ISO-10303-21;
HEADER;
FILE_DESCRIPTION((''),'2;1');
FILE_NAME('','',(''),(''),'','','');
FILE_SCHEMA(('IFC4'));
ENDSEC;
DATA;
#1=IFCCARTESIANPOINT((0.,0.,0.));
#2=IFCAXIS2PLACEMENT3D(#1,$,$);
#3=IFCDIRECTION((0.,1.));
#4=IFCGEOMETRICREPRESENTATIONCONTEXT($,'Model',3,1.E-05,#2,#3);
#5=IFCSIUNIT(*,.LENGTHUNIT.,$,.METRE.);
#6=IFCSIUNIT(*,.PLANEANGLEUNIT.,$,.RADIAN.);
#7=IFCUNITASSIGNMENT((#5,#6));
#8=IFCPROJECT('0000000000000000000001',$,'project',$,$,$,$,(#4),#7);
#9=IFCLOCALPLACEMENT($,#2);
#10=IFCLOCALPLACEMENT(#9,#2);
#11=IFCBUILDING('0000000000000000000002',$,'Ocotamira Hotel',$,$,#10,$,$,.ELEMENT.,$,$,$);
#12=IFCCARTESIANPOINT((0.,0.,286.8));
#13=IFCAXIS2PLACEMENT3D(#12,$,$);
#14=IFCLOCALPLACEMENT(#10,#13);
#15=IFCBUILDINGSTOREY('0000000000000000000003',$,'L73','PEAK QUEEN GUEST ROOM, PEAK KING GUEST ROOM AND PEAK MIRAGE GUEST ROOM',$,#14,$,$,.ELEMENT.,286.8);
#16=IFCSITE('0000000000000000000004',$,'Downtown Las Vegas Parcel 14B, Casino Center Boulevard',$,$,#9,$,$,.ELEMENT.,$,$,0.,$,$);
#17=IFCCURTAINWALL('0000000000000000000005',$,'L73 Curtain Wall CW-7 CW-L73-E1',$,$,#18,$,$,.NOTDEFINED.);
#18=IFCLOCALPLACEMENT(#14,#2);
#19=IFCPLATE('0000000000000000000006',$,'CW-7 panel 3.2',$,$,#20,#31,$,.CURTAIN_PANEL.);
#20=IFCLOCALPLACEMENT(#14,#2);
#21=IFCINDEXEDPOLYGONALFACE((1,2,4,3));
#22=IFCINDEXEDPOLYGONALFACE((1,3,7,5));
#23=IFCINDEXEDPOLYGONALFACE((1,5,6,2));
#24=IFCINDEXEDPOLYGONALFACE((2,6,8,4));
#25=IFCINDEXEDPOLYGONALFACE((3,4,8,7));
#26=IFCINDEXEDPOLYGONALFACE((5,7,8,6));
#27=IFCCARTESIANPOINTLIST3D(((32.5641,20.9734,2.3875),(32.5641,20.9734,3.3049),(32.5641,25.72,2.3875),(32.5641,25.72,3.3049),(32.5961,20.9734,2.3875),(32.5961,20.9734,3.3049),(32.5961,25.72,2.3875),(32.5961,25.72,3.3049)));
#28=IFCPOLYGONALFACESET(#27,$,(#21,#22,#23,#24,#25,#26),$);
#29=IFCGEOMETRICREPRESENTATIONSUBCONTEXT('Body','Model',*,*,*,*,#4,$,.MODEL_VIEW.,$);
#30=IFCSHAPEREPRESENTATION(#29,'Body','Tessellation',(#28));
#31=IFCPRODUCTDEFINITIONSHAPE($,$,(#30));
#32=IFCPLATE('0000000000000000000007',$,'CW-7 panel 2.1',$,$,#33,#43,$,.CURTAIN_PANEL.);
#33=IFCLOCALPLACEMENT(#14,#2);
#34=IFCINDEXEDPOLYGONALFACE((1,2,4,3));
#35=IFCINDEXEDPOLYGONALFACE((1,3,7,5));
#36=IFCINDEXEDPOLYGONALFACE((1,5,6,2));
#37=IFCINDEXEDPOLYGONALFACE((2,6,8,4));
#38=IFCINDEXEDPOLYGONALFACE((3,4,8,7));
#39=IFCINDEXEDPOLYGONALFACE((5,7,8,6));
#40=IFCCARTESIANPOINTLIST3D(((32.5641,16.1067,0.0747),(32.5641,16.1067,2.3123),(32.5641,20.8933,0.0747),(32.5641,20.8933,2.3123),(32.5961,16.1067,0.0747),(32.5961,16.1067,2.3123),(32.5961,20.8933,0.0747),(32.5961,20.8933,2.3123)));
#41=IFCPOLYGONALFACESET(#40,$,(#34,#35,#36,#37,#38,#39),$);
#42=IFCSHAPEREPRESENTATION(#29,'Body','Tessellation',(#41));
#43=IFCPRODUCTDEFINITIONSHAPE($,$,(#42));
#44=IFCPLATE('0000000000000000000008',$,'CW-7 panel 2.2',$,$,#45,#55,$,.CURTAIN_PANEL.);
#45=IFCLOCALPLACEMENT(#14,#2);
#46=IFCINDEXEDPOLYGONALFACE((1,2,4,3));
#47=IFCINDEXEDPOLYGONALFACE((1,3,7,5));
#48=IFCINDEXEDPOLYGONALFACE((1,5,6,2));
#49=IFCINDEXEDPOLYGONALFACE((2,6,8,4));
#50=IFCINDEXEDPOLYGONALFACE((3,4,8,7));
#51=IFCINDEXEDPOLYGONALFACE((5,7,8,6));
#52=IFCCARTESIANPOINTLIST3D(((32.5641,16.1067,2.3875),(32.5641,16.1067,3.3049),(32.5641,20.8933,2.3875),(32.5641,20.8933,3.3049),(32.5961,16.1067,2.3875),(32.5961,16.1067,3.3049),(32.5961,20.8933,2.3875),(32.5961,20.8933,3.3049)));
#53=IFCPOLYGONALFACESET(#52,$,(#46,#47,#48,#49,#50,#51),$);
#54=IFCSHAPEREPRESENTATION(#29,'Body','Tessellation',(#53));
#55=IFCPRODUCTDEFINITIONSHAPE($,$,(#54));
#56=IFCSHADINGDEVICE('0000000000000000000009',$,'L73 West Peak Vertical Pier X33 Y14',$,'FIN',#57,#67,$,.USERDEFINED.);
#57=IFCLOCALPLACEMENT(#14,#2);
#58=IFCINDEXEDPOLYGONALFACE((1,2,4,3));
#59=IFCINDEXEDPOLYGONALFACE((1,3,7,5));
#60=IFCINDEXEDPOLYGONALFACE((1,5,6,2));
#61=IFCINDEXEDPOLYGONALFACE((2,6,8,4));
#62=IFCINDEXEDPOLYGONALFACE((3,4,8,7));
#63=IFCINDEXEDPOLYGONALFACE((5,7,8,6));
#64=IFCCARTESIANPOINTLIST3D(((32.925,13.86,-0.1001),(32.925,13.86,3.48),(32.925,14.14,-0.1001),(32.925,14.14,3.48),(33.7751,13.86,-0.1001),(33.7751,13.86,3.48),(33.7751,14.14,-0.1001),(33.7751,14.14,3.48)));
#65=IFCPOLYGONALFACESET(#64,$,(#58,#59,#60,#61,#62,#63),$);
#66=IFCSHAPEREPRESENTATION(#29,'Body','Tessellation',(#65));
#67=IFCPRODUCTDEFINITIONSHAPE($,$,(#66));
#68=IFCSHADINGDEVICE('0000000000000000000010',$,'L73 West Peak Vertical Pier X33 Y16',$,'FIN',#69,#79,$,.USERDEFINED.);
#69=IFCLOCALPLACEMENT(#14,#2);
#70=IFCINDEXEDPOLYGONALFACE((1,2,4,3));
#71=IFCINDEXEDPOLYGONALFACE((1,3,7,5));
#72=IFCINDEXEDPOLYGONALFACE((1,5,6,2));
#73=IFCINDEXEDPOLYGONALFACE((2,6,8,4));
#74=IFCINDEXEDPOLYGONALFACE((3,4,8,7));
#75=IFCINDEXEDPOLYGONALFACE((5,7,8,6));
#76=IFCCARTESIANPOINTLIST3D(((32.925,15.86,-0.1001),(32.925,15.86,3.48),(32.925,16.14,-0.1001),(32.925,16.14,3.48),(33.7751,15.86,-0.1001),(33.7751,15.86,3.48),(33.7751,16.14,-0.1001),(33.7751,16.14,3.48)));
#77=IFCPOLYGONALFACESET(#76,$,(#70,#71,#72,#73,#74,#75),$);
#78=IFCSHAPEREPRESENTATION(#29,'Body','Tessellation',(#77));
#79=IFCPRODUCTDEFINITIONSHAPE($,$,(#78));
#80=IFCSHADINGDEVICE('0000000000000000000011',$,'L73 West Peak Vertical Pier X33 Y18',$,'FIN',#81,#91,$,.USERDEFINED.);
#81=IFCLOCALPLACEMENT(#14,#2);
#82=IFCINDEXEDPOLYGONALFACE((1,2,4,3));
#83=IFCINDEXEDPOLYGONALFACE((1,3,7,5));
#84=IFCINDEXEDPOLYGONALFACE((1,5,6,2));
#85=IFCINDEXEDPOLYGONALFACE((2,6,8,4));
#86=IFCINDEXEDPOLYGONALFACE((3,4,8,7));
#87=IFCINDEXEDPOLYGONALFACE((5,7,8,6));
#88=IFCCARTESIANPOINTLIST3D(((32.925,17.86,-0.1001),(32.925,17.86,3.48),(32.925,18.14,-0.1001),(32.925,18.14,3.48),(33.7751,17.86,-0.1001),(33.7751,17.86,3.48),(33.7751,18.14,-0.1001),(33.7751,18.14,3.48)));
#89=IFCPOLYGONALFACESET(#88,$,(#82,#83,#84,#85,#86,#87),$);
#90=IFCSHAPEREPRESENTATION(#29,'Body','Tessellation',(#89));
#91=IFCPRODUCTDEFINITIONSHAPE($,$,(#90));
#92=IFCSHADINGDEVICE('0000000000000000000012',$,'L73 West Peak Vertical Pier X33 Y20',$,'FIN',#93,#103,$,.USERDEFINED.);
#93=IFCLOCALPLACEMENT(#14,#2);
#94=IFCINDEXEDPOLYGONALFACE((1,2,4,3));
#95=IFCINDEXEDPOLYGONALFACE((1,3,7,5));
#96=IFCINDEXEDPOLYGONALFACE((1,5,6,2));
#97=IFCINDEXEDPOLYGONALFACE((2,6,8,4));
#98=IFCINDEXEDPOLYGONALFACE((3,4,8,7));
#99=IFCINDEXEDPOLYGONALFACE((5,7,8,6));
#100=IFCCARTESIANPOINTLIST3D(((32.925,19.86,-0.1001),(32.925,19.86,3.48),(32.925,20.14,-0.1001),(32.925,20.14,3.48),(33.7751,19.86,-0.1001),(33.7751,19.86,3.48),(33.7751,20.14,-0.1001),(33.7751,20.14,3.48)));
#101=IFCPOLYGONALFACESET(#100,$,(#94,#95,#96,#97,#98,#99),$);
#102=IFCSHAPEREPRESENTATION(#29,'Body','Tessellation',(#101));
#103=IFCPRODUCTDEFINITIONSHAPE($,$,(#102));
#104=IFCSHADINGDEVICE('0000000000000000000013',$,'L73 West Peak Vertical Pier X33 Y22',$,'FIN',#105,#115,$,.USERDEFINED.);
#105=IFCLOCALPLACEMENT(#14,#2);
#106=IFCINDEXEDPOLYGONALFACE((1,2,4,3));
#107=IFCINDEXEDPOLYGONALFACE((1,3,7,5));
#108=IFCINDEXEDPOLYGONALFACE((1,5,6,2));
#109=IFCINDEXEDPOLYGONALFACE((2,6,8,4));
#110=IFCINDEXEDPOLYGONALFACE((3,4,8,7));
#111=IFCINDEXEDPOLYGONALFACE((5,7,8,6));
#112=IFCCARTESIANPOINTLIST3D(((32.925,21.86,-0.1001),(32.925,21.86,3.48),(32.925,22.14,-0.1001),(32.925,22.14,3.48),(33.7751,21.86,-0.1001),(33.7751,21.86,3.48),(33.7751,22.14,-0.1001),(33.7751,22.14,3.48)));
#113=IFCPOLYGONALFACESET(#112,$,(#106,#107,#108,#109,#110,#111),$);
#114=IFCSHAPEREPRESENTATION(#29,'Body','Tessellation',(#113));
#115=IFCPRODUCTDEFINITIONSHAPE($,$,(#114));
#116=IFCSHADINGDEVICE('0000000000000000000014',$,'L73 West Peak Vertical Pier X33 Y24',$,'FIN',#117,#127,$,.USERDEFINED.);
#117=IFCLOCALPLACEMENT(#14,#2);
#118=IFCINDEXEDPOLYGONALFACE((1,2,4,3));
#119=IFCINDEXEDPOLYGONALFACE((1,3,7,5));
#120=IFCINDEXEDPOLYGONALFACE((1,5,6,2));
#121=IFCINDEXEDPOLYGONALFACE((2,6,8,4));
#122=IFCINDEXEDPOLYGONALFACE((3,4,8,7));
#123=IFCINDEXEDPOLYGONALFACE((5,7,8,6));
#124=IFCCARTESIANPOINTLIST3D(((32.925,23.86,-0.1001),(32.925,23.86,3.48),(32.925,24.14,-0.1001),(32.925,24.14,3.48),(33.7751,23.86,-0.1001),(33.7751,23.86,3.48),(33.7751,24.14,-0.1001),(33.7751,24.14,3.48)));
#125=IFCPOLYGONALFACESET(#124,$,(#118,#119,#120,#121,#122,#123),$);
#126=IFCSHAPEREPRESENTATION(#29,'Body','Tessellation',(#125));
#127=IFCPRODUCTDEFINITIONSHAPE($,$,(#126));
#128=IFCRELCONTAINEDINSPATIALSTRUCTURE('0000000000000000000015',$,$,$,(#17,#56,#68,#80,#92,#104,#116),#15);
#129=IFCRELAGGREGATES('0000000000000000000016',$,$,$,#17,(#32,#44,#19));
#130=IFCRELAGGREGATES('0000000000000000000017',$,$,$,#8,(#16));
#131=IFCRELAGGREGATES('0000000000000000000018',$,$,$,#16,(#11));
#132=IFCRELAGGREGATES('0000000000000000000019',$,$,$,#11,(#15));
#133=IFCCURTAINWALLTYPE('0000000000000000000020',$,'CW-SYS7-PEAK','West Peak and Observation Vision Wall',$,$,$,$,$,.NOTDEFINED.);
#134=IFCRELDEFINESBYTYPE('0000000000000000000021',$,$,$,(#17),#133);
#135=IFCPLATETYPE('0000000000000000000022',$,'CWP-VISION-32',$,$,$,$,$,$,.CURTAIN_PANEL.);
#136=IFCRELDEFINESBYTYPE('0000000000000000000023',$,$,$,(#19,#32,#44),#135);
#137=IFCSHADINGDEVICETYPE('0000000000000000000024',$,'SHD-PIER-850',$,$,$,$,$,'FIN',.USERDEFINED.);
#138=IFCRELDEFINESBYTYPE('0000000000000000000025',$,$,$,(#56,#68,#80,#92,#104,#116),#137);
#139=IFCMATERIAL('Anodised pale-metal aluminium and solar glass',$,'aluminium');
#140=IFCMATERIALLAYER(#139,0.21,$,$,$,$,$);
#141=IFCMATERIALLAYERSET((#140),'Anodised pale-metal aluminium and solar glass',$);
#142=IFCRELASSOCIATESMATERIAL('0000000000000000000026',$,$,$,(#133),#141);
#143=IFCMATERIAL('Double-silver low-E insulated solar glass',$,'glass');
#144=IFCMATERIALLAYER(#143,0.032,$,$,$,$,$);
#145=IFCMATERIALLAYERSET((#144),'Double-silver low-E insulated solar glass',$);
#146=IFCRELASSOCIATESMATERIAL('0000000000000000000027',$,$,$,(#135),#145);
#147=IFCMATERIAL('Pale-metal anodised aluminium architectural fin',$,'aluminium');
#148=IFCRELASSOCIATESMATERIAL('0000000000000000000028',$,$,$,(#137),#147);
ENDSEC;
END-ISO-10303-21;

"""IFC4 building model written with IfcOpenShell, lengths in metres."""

from ifc_helpers import new_model, si_unit, direction, frame, origin, origin_2d, place, context, subcontext, project, spatial, rectangle, extrude, source, transform, mapped, material, layer, layer_set, type_object, element, aggregate, save


model = new_model("IFC4")

# Units and contexts
model_context = context("Model", 3, precision=1e-05, world=origin(), true_north=direction((0.0, 1.0)))
body_context = subcontext(model_context, "Body", "Model", "MODEL_VIEW")
ifc_project = project(units=[si_unit("LENGTHUNIT", "METRE"), si_unit("PLANEANGLEUNIT", "RADIAN")], contexts=[model_context])

# Site, building, storey
site_placement = place(None, origin())
site = spatial("IfcSite", under=ifc_project, at=site_placement, Name="Downtown Las Vegas Parcel 14B, Casino Center Boulevard", CompositionType="ELEMENT", RefElevation=0.0)
building_placement = place(site_placement, origin())
building = spatial("IfcBuilding", under=site, at=building_placement, Name="Ocotamira Hotel", CompositionType="ELEMENT")
storey_placement = place(building_placement, frame((0.0, 0.0, 286.8)))
storey = spatial("IfcBuildingStorey", under=building, at=storey_placement, Name="L73", Description="PEAK QUEEN GUEST ROOM, PEAK KING GUEST ROOM AND PEAK MIRAGE GUEST ROOM", CompositionType="ELEMENT", Elevation=286.8)

# Curtain wall, plates
ifc_material_1 = material(Name="Anodised pale-metal aluminium and solar glass", Category="aluminium")
ifc_layer_1 = layer(ifc_material_1, 0.21)
ifc_layer_set_1 = layer_set([ifc_layer_1], Name="Anodised pale-metal aluminium and solar glass")
curtain_wall_type = type_object("IfcCurtainWallType", Name="CW-SYS7-PEAK", Description="West Peak and Observation Vision Wall", PredefinedType="NOTDEFINED", material=ifc_layer_set_1)
curtain_wall_placement = place(storey_placement, origin())
curtain_wall = element("IfcCurtainWall", 1, at=curtain_wall_placement, inside=storey, type_object=curtain_wall_type, Name="L73 Curtain Wall CW-7 CW-L73-E1", PredefinedType="NOTDEFINED")
ifc_material_2 = material(Name="Double-silver low-E insulated solar glass", Category="glass")
ifc_layer_2 = layer(ifc_material_2, 0.032)
ifc_layer_set_2 = layer_set([ifc_layer_2], Name="Double-silver low-E insulated solar glass")
plate_type = type_object("IfcPlateType", Name="CWP-VISION-32", PredefinedType="CURTAIN_PANEL", material=ifc_layer_set_2)
shared_shape_1 = source(origin(), body_context, "Body", "SweptSolid", [
    extrude(rectangle(XDim=4.7466, YDim=0.032, at=origin_2d()), origin(), (0.0, 0.0, 1.0), 0.9175),
])
plate_1_placement = place(storey_placement, frame((32.5801, 23.3467, 2.3875), z_axis=(0.0, 0.0, 1.0), x_axis=(0.0, 1.0, 0.0)))
plate_1 = element("IfcPlate", 2, at=plate_1_placement, type_object=plate_type, Name="CW-7 panel 3.2", PredefinedType="CURTAIN_PANEL", context=body_context, shape_type="MappedRepresentation", body=[
    mapped(shared_shape_1, transform((0.0, 0.0, 0.0), scale=1.0)),
])
shared_shape_2 = source(origin(), body_context, "Body", "SweptSolid", [
    extrude(rectangle(XDim=4.7866, YDim=0.032, at=origin_2d()), origin(), (0.0, 0.0, 1.0), 2.2375),
])
plate_2_placement = place(storey_placement, frame((32.5801, 18.5, 0.0747), z_axis=(0.0, 0.0, 1.0), x_axis=(0.0, 1.0, 0.0)))
plate_2 = element("IfcPlate", 3, at=plate_2_placement, type_object=plate_type, Name="CW-7 panel 2.1", PredefinedType="CURTAIN_PANEL", context=body_context, shape_type="MappedRepresentation", body=[
    mapped(shared_shape_2, transform((0.0, 0.0, 0.0), scale=1.0)),
])
shared_shape_3 = source(origin(), body_context, "Body", "SweptSolid", [
    extrude(rectangle(XDim=4.7866, YDim=0.032, at=origin_2d()), origin(), (0.0, 0.0, 1.0), 0.9175),
])
plate_3_placement = place(storey_placement, frame((32.5801, 18.5, 2.3875), z_axis=(0.0, 0.0, 1.0), x_axis=(0.0, 1.0, 0.0)))
plate_3 = element("IfcPlate", 4, at=plate_3_placement, type_object=plate_type, Name="CW-7 panel 2.2", PredefinedType="CURTAIN_PANEL", context=body_context, shape_type="MappedRepresentation", body=[
    mapped(shared_shape_3, transform((0.0, 0.0, 0.0), scale=1.0)),
])
aggregate(curtain_wall, [plate_2, plate_3, plate_1])

# Shading devices
ifc_material_3 = material(Name="Pale-metal anodised aluminium architectural fin", Category="aluminium")
shading_device_type = type_object("IfcShadingDeviceType", Name="SHD-PIER-850", ElementType="FIN", PredefinedType="USERDEFINED", material=ifc_material_3)
shared_shape_4 = source(origin(), body_context, "Body", "SweptSolid", [
    extrude(rectangle(XDim=0.8501, YDim=0.28, at=origin_2d()), origin(), (0.0, 0.0, 1.0), 3.5801),
])
for number, where, z_axis, x_axis, name in (
    (5, (33.3501, 14.0, -0.1001), (0.0, 0.0, 1.0), (1.0, 0.0, 0.0), "L73 West Peak Vertical Pier X33 Y14"),
    (6, (33.3501, 16.0, -0.1001), (0.0, 0.0, 1.0), (1.0, 0.0, 0.0), "L73 West Peak Vertical Pier X33 Y16"),
    (7, (33.3501, 18.0, -0.1001), (0.0, 0.0, 1.0), (1.0, 0.0, 0.0), "L73 West Peak Vertical Pier X33 Y18"),
    (8, (33.3501, 20.0, -0.1001), (0.0, 0.0, 1.0), (1.0, 0.0, 0.0), "L73 West Peak Vertical Pier X33 Y20"),
    (9, (33.3501, 22.0, -0.1001), (0.0, 0.0, 1.0), (1.0, 0.0, 0.0), "L73 West Peak Vertical Pier X33 Y22"),
    (10, (33.3501, 24.0, -0.1001), (0.0, 0.0, 1.0), (1.0, 0.0, 0.0), "L73 West Peak Vertical Pier X33 Y24"),
):
    element("IfcShadingDevice", number, at=place(storey_placement, frame(where, z_axis=z_axis, x_axis=x_axis)), inside=storey, type_object=shading_device_type, Name=name, ObjectType="FIN", PredefinedType="USERDEFINED", context=body_context, shape_type="MappedRepresentation", body=[
        mapped(shared_shape_4, transform((0.0, 0.0, 0.0), scale=1.0)),
    ])

save(model, "model.ifc")
